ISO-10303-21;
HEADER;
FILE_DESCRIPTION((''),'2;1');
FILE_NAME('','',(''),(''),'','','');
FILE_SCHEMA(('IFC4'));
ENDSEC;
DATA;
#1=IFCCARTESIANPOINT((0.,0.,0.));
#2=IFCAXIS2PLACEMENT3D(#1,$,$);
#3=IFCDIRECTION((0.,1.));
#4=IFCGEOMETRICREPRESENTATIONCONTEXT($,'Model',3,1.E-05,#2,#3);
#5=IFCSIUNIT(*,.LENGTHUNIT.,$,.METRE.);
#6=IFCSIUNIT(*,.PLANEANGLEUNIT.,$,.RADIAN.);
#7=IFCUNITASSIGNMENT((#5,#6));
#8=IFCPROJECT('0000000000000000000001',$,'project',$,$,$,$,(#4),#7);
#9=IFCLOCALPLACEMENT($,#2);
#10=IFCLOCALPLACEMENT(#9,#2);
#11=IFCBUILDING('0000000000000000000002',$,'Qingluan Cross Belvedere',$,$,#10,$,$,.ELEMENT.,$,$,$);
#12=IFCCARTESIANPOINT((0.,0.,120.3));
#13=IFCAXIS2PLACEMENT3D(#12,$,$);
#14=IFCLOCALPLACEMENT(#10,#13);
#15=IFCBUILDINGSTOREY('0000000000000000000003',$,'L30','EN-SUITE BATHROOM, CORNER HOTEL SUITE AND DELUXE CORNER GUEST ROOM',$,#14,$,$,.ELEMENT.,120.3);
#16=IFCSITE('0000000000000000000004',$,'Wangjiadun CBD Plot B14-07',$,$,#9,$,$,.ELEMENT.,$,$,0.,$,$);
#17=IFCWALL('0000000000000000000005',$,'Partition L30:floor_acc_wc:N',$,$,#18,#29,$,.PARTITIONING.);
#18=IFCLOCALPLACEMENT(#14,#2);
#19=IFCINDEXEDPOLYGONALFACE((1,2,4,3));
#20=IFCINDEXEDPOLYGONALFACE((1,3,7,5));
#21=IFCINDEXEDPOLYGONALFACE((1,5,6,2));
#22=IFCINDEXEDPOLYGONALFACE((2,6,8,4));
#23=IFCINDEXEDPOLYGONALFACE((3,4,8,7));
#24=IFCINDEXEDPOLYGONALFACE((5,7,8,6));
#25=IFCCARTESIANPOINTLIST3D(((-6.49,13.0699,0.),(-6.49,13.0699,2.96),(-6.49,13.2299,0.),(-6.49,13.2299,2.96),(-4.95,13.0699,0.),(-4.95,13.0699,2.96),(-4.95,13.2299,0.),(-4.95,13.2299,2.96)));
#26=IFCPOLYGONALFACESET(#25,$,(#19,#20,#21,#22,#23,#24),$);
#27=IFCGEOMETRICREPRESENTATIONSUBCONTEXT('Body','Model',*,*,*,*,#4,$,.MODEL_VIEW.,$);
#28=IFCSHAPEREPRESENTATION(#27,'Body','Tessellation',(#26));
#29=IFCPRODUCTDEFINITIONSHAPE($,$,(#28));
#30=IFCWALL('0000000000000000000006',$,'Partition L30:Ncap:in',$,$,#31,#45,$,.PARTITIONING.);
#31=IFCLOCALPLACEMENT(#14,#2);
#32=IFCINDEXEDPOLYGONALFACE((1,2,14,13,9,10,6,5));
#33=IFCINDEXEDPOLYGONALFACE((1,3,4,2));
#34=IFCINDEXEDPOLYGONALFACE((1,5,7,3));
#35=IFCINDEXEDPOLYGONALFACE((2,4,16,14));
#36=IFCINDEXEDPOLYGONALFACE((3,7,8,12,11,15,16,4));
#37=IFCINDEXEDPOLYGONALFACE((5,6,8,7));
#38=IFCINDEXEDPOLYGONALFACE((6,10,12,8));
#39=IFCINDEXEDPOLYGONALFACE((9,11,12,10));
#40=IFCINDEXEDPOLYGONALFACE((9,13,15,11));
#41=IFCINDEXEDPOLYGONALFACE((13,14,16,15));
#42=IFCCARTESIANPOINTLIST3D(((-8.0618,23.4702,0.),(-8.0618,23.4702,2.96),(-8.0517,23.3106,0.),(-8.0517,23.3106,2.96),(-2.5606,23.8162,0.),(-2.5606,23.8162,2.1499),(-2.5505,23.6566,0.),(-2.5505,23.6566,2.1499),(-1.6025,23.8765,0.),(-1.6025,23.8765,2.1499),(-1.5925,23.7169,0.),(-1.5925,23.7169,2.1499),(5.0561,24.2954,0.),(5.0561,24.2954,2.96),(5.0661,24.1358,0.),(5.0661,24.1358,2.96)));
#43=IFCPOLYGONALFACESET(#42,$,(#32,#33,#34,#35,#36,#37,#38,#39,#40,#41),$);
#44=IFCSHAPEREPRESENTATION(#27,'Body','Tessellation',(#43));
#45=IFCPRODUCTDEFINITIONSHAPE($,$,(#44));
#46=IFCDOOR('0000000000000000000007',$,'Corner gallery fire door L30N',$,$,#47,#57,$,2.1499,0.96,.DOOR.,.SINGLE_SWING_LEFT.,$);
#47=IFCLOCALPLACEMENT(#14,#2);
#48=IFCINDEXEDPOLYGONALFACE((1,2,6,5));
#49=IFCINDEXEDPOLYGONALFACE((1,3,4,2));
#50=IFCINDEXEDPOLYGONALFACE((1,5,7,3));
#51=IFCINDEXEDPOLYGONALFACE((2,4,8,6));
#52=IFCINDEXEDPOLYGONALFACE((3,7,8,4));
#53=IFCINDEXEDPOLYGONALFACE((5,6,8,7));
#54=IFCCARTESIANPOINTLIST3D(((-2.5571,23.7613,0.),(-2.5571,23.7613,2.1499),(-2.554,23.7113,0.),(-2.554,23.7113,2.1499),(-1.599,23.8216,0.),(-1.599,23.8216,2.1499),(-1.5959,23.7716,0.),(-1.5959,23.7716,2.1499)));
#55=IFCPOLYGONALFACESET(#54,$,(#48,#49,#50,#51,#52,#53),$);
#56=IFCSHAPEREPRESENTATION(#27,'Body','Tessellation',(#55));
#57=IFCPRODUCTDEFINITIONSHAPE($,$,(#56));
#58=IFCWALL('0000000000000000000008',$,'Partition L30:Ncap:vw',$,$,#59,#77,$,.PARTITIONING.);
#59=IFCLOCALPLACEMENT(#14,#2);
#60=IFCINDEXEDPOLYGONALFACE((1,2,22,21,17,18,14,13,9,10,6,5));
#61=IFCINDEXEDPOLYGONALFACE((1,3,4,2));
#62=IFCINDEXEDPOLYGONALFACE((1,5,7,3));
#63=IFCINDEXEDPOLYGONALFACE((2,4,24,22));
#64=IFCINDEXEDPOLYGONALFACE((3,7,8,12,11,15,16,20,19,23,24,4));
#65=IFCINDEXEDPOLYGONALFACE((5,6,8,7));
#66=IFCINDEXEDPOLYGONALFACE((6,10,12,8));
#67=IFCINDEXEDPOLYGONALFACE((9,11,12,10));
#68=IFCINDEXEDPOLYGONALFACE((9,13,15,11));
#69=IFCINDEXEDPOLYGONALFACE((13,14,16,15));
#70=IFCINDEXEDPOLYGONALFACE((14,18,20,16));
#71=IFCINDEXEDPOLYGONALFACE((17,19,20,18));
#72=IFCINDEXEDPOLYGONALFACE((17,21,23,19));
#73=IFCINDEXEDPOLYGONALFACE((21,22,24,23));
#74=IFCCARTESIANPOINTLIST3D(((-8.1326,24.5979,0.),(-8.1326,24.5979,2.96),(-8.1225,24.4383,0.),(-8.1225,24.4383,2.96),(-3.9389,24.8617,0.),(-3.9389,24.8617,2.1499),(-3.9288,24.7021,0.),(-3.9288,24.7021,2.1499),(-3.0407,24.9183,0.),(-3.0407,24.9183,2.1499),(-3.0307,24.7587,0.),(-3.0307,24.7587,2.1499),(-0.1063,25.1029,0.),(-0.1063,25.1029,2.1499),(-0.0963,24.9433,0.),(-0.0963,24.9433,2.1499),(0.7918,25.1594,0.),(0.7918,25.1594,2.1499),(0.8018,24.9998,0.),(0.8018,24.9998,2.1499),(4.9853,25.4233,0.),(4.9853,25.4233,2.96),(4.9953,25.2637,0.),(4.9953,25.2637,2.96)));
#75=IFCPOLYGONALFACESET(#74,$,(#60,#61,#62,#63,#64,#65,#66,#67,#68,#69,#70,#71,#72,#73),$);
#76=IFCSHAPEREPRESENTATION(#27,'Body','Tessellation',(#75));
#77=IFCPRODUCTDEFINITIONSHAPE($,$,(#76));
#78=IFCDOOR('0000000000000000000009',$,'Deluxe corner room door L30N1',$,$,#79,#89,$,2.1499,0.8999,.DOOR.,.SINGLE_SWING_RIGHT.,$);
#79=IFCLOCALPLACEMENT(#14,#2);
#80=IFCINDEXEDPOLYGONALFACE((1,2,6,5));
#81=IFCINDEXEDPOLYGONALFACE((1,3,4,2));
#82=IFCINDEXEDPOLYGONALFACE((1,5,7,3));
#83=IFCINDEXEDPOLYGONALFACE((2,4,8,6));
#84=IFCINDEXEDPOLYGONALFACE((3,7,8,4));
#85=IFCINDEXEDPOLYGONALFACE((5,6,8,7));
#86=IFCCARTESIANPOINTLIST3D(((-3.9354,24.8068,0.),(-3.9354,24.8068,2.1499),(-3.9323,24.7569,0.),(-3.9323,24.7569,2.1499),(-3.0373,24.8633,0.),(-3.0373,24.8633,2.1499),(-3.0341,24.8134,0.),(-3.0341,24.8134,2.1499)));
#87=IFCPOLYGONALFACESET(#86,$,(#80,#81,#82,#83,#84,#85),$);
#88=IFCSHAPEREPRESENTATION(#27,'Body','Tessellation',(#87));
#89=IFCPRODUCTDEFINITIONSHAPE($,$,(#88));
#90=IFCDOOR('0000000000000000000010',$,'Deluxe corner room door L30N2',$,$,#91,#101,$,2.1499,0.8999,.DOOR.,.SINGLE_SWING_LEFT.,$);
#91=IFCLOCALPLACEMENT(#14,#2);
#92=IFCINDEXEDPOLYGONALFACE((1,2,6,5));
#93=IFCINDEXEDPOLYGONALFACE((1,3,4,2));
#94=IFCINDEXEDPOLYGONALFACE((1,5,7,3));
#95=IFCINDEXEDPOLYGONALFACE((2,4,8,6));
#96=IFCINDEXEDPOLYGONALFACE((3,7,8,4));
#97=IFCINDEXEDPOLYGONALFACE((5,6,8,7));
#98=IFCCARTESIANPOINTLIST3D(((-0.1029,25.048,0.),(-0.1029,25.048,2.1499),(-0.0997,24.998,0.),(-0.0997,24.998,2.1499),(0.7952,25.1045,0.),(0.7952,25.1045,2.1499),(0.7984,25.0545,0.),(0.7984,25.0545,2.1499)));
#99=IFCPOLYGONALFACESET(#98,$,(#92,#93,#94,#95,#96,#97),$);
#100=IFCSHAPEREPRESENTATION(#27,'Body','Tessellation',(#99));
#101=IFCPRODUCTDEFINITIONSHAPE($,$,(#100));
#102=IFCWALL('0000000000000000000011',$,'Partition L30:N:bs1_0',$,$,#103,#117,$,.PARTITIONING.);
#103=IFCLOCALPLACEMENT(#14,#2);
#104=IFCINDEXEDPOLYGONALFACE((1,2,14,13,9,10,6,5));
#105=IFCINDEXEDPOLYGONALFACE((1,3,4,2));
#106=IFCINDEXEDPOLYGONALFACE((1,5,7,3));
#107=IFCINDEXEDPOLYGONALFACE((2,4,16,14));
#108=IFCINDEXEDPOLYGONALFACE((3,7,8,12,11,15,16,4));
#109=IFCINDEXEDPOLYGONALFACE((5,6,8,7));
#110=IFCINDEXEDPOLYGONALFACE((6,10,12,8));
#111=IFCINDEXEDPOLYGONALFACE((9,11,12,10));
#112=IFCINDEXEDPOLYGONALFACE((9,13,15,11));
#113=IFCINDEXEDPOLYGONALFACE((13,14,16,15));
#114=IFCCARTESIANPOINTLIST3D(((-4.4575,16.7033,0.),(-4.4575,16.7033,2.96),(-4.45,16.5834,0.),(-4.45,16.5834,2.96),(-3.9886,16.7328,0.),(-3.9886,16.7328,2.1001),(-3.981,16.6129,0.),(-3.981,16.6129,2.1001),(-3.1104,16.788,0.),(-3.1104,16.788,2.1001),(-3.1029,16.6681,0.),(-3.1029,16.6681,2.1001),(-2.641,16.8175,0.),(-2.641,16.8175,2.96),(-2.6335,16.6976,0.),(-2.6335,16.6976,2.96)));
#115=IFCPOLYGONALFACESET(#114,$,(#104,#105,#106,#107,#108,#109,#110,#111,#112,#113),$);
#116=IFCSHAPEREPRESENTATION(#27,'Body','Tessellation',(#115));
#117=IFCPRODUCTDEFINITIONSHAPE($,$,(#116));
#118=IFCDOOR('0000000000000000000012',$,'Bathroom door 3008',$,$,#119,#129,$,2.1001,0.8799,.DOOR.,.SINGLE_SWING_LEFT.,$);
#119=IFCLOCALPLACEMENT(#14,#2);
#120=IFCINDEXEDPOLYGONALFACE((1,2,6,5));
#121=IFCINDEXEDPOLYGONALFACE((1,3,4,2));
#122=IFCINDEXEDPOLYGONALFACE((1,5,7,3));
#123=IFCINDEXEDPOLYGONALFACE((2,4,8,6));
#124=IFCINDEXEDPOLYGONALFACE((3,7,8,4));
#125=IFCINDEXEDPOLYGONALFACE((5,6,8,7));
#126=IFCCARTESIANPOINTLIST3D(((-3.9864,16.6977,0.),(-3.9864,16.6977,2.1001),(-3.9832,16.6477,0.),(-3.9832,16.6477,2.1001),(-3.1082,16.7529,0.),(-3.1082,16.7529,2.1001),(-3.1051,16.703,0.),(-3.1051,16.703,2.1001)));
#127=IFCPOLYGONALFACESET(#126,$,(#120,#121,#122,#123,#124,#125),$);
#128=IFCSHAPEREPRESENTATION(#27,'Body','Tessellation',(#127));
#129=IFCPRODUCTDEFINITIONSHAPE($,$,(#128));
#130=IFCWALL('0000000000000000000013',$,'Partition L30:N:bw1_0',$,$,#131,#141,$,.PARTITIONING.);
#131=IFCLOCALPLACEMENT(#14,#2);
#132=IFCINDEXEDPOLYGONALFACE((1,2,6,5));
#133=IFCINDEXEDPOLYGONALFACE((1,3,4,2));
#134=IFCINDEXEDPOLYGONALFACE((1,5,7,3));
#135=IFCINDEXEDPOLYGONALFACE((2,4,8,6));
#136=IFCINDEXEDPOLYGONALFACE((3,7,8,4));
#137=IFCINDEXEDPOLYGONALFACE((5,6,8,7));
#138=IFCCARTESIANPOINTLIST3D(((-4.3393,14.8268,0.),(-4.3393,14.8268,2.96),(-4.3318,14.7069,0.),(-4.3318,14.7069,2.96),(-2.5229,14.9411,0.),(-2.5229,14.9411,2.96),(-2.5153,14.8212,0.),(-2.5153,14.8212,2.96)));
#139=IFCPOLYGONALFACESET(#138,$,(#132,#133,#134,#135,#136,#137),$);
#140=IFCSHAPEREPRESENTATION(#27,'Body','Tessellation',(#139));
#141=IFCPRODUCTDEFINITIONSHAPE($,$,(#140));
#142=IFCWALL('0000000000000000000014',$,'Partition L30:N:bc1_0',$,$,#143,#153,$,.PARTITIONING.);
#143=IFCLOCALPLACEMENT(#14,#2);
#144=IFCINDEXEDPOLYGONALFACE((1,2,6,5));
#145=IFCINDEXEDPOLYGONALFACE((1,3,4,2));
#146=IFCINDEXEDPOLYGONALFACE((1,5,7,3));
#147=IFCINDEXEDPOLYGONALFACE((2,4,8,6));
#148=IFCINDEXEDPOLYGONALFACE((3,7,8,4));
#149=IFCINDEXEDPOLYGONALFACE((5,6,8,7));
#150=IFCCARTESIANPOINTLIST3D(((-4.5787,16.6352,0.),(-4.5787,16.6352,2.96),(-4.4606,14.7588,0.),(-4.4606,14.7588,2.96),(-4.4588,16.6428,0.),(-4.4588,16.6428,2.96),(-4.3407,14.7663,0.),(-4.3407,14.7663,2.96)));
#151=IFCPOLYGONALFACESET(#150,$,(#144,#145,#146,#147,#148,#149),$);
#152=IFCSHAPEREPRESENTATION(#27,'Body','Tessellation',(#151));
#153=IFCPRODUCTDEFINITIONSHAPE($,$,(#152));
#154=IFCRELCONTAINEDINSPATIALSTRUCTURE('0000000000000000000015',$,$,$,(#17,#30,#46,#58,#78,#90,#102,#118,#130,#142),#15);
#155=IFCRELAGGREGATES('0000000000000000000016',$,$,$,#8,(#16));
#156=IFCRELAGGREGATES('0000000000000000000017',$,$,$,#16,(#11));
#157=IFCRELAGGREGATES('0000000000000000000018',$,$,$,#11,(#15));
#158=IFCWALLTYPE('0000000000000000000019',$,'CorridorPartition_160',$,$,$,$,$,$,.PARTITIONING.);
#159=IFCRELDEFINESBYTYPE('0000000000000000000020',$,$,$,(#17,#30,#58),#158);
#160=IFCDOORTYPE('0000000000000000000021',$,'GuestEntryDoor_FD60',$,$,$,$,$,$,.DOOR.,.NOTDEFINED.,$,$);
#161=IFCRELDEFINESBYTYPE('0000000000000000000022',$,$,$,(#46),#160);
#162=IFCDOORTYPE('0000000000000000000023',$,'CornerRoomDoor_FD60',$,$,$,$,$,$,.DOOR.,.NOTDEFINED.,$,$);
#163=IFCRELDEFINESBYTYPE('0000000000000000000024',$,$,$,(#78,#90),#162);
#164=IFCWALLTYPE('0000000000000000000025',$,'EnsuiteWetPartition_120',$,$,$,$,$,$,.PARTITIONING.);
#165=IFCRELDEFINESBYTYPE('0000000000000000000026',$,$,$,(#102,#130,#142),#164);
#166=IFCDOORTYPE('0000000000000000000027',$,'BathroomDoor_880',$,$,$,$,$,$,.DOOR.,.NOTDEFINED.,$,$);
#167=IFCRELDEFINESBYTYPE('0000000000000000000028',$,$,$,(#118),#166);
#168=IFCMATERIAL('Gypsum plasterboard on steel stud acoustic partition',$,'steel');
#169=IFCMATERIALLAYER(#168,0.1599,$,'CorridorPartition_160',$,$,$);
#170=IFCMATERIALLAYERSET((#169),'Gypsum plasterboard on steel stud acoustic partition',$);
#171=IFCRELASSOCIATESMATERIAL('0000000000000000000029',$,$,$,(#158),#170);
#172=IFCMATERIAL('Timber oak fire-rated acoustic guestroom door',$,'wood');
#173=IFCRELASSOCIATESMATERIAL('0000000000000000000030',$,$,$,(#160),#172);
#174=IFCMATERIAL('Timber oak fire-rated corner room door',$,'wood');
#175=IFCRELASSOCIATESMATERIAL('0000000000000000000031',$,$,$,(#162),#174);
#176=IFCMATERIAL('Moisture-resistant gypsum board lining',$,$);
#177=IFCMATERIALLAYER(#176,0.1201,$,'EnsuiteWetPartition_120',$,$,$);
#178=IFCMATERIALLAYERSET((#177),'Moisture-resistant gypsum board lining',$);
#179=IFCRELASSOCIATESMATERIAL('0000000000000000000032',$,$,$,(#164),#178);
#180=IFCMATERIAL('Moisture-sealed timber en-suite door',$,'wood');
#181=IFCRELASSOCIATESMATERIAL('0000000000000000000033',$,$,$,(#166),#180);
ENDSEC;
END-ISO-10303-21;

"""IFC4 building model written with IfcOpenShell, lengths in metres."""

from ifc_helpers import new_model, si_unit, direction, frame, frame_2d, origin, place, context, subcontext, project, spatial, rectangle, extrude, material, layer, layer_set, type_object, element, fill, save


model = new_model("IFC4")

# Units and contexts
model_context = context("Model", 3, precision=1e-05, world=origin(), true_north=direction((0.0, 1.0)))
body_context = subcontext(model_context, "Body", "Model", "MODEL_VIEW")
ifc_project = project(units=[si_unit("LENGTHUNIT", "METRE"), si_unit("PLANEANGLEUNIT", "RADIAN")], contexts=[model_context])

# Site, building, storey
site_placement = place(None, origin())
site = spatial("IfcSite", under=ifc_project, at=site_placement, Name="Wangjiadun CBD Plot B14-07", CompositionType="ELEMENT", RefElevation=0.0)
building_placement = place(site_placement, origin())
building = spatial("IfcBuilding", under=site, at=building_placement, Name="Qingluan Cross Belvedere", CompositionType="ELEMENT")
storey_placement = place(building_placement, frame((0.0, 0.0, 120.3)))
storey = spatial("IfcBuildingStorey", under=building, at=storey_placement, Name="L30", Description="EN-SUITE BATHROOM, CORNER HOTEL SUITE AND DELUXE CORNER GUEST ROOM", CompositionType="ELEMENT", Elevation=120.3)

# Wall
ifc_material_1 = material(Name="Gypsum plasterboard on steel stud acoustic partition", Category="steel")
ifc_layer_1 = layer(ifc_material_1, 0.1599, Name="CorridorPartition_160")
ifc_layer_set_1 = layer_set([ifc_layer_1], Name="Gypsum plasterboard on steel stud acoustic partition")
wall_type_1 = type_object("IfcWallType", Name="CorridorPartition_160", PredefinedType="PARTITIONING", material=ifc_layer_set_1)
wall_1_placement = place(storey_placement, frame((-6.49, 13.1499, 0.0), z_axis=(0.0, 0.0, 1.0), x_axis=(1.0, 0.0, 0.0)))
element("IfcWall", 1, at=wall_1_placement, inside=storey, type_object=wall_type_1, Name="Partition L30:floor_acc_wc:N", PredefinedType="PARTITIONING", context=body_context, shape_type="SweptSolid", body=[
    extrude(rectangle(XDim=1.54, YDim=0.1599, at=frame_2d((0.77, 0.0))), origin(), (0.0, 0.0, 1.0), 2.96),
])

# Wall, opening, door
wall_2_placement = place(storey_placement, frame((-8.0566, 23.3904, 0.0), z_axis=(0.0, 0.0, 1.0), x_axis=(0.998027, 0.062782, 0.0)))
wall_2 = element("IfcWall", 2, at=wall_2_placement, inside=storey, type_object=wall_type_1, Name="Partition L30:Ncap:in", PredefinedType="PARTITIONING", context=body_context, shape_type="SweptSolid", body=[
    extrude(rectangle(XDim=13.1438, YDim=0.1599, at=frame_2d((6.5718, 0.0))), origin(), (0.0, 0.0, 1.0), 2.96),
])
opening_1_placement = place(wall_2_placement, frame((5.512, 0.0, 0.0)))
opening_1 = element("IfcOpeningElement", 3, at=opening_1_placement, cuts=wall_2, PredefinedType="OPENING", context=body_context, shape_type="SweptSolid", body=[
    extrude(rectangle(XDim=0.96, YDim=2.1499, at=frame_2d((0.48, 1.075))), frame((0.0, 0.0898, 0.0), z_axis=(0.0, -1.0, 0.0), x_axis=(1.0, 0.0, 0.0)), (0.0, 0.0, 1.0), 0.1799),
])
ifc_material_2 = material(Name="Timber oak fire-rated acoustic guestroom door", Category="wood")
door_type_1 = type_object("IfcDoorType", Name="GuestEntryDoor_FD60", OperationType="NOTDEFINED", PredefinedType="DOOR", material=ifc_material_2)
door_1_placement = place(opening_1_placement, origin())
door_1 = element("IfcDoor", 4, at=door_1_placement, inside=storey, type_object=door_type_1, Name="Corner gallery fire door L30N", OperationType="SINGLE_SWING_LEFT", OverallHeight=2.1499, OverallWidth=0.96, PredefinedType="DOOR", context=body_context, shape_type="SweptSolid", body=[
    extrude(rectangle(XDim=0.96, YDim=2.1499, at=frame_2d((0.48, 1.075))), frame((0.0, 0.0249, 0.0), z_axis=(0.0, -1.0, 0.0), x_axis=(1.0, 0.0, 0.0)), (0.0, 0.0, 1.0), 0.05),
])
fill(opening_1, door_1)

# Wall, openings, doors
wall_3_placement = place(storey_placement, frame((-8.1274, 24.5181, 0.0), z_axis=(0.0, 0.0, 1.0), x_axis=(0.998026, 0.0628, 0.0)))
wall_3 = element("IfcWall", 5, at=wall_3_placement, inside=storey, type_object=wall_type_1, Name="Partition L30:Ncap:vw", PredefinedType="PARTITIONING", context=body_context, shape_type="SweptSolid", body=[
    extrude(rectangle(XDim=13.1438, YDim=0.1599, at=frame_2d((6.5718, 0.0))), origin(), (0.0, 0.0, 1.0), 2.96),
])
opening_2_placement = place(wall_3_placement, frame((4.2019, 0.0, 0.0)))
opening_2 = element("IfcOpeningElement", 6, at=opening_2_placement, cuts=wall_3, PredefinedType="OPENING", context=body_context, shape_type="SweptSolid", body=[
    extrude(rectangle(XDim=0.8999, YDim=2.1499, at=frame_2d((0.45, 1.075))), frame((0.0, 0.0898, 0.0), z_axis=(0.0, -1.0, 0.0), x_axis=(1.0, 0.0, 0.0)), (0.0, 0.0, 1.0), 0.1799),
])
opening_3_placement = place(wall_3_placement, frame((8.042, 0.0, 0.0)))
opening_3 = element("IfcOpeningElement", 7, at=opening_3_placement, cuts=wall_3, PredefinedType="OPENING", context=body_context, shape_type="SweptSolid", body=[
    extrude(rectangle(XDim=0.8999, YDim=2.1499, at=frame_2d((0.45, 1.075))), frame((0.0, 0.0898, 0.0), z_axis=(0.0, -1.0, 0.0), x_axis=(1.0, 0.0, 0.0)), (0.0, 0.0, 1.0), 0.1799),
])
ifc_material_3 = material(Name="Timber oak fire-rated corner room door", Category="wood")
door_type_2 = type_object("IfcDoorType", Name="CornerRoomDoor_FD60", OperationType="NOTDEFINED", PredefinedType="DOOR", material=ifc_material_3)
door_2_placement = place(opening_2_placement, origin())
door_2 = element("IfcDoor", 8, at=door_2_placement, inside=storey, type_object=door_type_2, Name="Deluxe corner room door L30N1", OperationType="SINGLE_SWING_RIGHT", OverallHeight=2.1499, OverallWidth=0.8999, PredefinedType="DOOR", context=body_context, shape_type="SweptSolid", body=[
    extrude(rectangle(XDim=0.8999, YDim=2.1499, at=frame_2d((0.45, 1.075))), frame((0.0, 0.0249, 0.0), z_axis=(0.0, -1.0, 0.0), x_axis=(1.0, 0.0, 0.0)), (0.0, 0.0, 1.0), 0.05),
])
fill(opening_2, door_2)
door_3_placement = place(opening_3_placement, origin())
door_3 = element("IfcDoor", 9, at=door_3_placement, inside=storey, type_object=door_type_2, Name="Deluxe corner room door L30N2", OperationType="SINGLE_SWING_LEFT", OverallHeight=2.1499, OverallWidth=0.8999, PredefinedType="DOOR", context=body_context, shape_type="SweptSolid", body=[
    extrude(rectangle(XDim=0.8999, YDim=2.1499, at=frame_2d((0.45, 1.075))), frame((0.0, 0.0249, 0.0), z_axis=(0.0, -1.0, 0.0), x_axis=(1.0, 0.0, 0.0)), (0.0, 0.0, 1.0), 0.05),
])
fill(opening_3, door_3)

# Wall, opening, door
ifc_material_4 = material(Name="Moisture-resistant gypsum board lining")
ifc_layer_2 = layer(ifc_material_4, 0.1201, Name="EnsuiteWetPartition_120")
ifc_layer_set_2 = layer_set([ifc_layer_2], Name="Moisture-resistant gypsum board lining")
wall_type_2 = type_object("IfcWallType", Name="EnsuiteWetPartition_120", PredefinedType="PARTITIONING", material=ifc_layer_set_2)
wall_4_placement = place(storey_placement, frame((-4.4539, 16.6433, 0.0), z_axis=(0.0, 0.0, 1.0), x_axis=(0.998027, 0.062779, 0.0)))
wall_4 = element("IfcWall", 10, at=wall_4_placement, inside=storey, type_object=wall_type_2, Name="Partition L30:N:bs1_0", PredefinedType="PARTITIONING", context=body_context, shape_type="SweptSolid", body=[
    extrude(rectangle(XDim=1.8201, YDim=0.1201, at=frame_2d((0.9102, 0.0))), origin(), (0.0, 0.0, 1.0), 2.96),
])
opening_4_placement = place(wall_4_placement, frame((0.47, 0.0, 0.0)))
opening_4 = element("IfcOpeningElement", 11, at=opening_4_placement, cuts=wall_4, PredefinedType="OPENING", context=body_context, shape_type="SweptSolid", body=[
    extrude(rectangle(XDim=0.8799, YDim=2.1001, at=frame_2d((0.4399, 1.05))), frame((0.0, 0.0701, 0.0), z_axis=(0.0, -1.0, 0.0), x_axis=(1.0, 0.0, 0.0)), (0.0, 0.0, 1.0), 0.1401),
])
ifc_material_5 = material(Name="Moisture-sealed timber en-suite door", Category="wood")
door_type_3 = type_object("IfcDoorType", Name="BathroomDoor_880", OperationType="NOTDEFINED", PredefinedType="DOOR", material=ifc_material_5)
door_4_placement = place(opening_4_placement, origin())
door_4 = element("IfcDoor", 12, at=door_4_placement, inside=storey, type_object=door_type_3, Name="Bathroom door 3008", OperationType="SINGLE_SWING_LEFT", OverallHeight=2.1001, OverallWidth=0.8799, PredefinedType="DOOR", context=body_context, shape_type="SweptSolid", body=[
    extrude(rectangle(XDim=0.8799, YDim=2.1001, at=frame_2d((0.4399, 1.05))), frame((0.0, 0.0249, 0.0), z_axis=(0.0, -1.0, 0.0), x_axis=(1.0, 0.0, 0.0)), (0.0, 0.0, 1.0), 0.05),
])
fill(opening_4, door_4)

# Walls
wall_5_placement = place(storey_placement, frame((-4.3357, 14.7668, 0.0), z_axis=(0.0, 0.0, 1.0), x_axis=(0.998027, 0.062779, 0.0)))
element("IfcWall", 13, at=wall_5_placement, inside=storey, type_object=wall_type_2, Name="Partition L30:N:bw1_0", PredefinedType="PARTITIONING", context=body_context, shape_type="SweptSolid", body=[
    extrude(rectangle(XDim=1.8201, YDim=0.1201, at=frame_2d((0.9102, 0.0))), origin(), (0.0, 0.0, 1.0), 2.96),
])
wall_6_placement = place(storey_placement, frame((-4.4006, 14.7627, 0.0), z_axis=(0.0, 0.0, 1.0), x_axis=(-0.062847, 0.998023, 0.0)))
element("IfcWall", 14, at=wall_6_placement, inside=storey, type_object=wall_type_2, Name="Partition L30:N:bc1_0", PredefinedType="PARTITIONING", context=body_context, shape_type="SweptSolid", body=[
    extrude(rectangle(XDim=1.8801, YDim=0.1201, at=frame_2d((0.9399, 0.0))), origin(), (0.0, 0.0, 1.0), 2.96),
])

save(model, "model.ifc")
